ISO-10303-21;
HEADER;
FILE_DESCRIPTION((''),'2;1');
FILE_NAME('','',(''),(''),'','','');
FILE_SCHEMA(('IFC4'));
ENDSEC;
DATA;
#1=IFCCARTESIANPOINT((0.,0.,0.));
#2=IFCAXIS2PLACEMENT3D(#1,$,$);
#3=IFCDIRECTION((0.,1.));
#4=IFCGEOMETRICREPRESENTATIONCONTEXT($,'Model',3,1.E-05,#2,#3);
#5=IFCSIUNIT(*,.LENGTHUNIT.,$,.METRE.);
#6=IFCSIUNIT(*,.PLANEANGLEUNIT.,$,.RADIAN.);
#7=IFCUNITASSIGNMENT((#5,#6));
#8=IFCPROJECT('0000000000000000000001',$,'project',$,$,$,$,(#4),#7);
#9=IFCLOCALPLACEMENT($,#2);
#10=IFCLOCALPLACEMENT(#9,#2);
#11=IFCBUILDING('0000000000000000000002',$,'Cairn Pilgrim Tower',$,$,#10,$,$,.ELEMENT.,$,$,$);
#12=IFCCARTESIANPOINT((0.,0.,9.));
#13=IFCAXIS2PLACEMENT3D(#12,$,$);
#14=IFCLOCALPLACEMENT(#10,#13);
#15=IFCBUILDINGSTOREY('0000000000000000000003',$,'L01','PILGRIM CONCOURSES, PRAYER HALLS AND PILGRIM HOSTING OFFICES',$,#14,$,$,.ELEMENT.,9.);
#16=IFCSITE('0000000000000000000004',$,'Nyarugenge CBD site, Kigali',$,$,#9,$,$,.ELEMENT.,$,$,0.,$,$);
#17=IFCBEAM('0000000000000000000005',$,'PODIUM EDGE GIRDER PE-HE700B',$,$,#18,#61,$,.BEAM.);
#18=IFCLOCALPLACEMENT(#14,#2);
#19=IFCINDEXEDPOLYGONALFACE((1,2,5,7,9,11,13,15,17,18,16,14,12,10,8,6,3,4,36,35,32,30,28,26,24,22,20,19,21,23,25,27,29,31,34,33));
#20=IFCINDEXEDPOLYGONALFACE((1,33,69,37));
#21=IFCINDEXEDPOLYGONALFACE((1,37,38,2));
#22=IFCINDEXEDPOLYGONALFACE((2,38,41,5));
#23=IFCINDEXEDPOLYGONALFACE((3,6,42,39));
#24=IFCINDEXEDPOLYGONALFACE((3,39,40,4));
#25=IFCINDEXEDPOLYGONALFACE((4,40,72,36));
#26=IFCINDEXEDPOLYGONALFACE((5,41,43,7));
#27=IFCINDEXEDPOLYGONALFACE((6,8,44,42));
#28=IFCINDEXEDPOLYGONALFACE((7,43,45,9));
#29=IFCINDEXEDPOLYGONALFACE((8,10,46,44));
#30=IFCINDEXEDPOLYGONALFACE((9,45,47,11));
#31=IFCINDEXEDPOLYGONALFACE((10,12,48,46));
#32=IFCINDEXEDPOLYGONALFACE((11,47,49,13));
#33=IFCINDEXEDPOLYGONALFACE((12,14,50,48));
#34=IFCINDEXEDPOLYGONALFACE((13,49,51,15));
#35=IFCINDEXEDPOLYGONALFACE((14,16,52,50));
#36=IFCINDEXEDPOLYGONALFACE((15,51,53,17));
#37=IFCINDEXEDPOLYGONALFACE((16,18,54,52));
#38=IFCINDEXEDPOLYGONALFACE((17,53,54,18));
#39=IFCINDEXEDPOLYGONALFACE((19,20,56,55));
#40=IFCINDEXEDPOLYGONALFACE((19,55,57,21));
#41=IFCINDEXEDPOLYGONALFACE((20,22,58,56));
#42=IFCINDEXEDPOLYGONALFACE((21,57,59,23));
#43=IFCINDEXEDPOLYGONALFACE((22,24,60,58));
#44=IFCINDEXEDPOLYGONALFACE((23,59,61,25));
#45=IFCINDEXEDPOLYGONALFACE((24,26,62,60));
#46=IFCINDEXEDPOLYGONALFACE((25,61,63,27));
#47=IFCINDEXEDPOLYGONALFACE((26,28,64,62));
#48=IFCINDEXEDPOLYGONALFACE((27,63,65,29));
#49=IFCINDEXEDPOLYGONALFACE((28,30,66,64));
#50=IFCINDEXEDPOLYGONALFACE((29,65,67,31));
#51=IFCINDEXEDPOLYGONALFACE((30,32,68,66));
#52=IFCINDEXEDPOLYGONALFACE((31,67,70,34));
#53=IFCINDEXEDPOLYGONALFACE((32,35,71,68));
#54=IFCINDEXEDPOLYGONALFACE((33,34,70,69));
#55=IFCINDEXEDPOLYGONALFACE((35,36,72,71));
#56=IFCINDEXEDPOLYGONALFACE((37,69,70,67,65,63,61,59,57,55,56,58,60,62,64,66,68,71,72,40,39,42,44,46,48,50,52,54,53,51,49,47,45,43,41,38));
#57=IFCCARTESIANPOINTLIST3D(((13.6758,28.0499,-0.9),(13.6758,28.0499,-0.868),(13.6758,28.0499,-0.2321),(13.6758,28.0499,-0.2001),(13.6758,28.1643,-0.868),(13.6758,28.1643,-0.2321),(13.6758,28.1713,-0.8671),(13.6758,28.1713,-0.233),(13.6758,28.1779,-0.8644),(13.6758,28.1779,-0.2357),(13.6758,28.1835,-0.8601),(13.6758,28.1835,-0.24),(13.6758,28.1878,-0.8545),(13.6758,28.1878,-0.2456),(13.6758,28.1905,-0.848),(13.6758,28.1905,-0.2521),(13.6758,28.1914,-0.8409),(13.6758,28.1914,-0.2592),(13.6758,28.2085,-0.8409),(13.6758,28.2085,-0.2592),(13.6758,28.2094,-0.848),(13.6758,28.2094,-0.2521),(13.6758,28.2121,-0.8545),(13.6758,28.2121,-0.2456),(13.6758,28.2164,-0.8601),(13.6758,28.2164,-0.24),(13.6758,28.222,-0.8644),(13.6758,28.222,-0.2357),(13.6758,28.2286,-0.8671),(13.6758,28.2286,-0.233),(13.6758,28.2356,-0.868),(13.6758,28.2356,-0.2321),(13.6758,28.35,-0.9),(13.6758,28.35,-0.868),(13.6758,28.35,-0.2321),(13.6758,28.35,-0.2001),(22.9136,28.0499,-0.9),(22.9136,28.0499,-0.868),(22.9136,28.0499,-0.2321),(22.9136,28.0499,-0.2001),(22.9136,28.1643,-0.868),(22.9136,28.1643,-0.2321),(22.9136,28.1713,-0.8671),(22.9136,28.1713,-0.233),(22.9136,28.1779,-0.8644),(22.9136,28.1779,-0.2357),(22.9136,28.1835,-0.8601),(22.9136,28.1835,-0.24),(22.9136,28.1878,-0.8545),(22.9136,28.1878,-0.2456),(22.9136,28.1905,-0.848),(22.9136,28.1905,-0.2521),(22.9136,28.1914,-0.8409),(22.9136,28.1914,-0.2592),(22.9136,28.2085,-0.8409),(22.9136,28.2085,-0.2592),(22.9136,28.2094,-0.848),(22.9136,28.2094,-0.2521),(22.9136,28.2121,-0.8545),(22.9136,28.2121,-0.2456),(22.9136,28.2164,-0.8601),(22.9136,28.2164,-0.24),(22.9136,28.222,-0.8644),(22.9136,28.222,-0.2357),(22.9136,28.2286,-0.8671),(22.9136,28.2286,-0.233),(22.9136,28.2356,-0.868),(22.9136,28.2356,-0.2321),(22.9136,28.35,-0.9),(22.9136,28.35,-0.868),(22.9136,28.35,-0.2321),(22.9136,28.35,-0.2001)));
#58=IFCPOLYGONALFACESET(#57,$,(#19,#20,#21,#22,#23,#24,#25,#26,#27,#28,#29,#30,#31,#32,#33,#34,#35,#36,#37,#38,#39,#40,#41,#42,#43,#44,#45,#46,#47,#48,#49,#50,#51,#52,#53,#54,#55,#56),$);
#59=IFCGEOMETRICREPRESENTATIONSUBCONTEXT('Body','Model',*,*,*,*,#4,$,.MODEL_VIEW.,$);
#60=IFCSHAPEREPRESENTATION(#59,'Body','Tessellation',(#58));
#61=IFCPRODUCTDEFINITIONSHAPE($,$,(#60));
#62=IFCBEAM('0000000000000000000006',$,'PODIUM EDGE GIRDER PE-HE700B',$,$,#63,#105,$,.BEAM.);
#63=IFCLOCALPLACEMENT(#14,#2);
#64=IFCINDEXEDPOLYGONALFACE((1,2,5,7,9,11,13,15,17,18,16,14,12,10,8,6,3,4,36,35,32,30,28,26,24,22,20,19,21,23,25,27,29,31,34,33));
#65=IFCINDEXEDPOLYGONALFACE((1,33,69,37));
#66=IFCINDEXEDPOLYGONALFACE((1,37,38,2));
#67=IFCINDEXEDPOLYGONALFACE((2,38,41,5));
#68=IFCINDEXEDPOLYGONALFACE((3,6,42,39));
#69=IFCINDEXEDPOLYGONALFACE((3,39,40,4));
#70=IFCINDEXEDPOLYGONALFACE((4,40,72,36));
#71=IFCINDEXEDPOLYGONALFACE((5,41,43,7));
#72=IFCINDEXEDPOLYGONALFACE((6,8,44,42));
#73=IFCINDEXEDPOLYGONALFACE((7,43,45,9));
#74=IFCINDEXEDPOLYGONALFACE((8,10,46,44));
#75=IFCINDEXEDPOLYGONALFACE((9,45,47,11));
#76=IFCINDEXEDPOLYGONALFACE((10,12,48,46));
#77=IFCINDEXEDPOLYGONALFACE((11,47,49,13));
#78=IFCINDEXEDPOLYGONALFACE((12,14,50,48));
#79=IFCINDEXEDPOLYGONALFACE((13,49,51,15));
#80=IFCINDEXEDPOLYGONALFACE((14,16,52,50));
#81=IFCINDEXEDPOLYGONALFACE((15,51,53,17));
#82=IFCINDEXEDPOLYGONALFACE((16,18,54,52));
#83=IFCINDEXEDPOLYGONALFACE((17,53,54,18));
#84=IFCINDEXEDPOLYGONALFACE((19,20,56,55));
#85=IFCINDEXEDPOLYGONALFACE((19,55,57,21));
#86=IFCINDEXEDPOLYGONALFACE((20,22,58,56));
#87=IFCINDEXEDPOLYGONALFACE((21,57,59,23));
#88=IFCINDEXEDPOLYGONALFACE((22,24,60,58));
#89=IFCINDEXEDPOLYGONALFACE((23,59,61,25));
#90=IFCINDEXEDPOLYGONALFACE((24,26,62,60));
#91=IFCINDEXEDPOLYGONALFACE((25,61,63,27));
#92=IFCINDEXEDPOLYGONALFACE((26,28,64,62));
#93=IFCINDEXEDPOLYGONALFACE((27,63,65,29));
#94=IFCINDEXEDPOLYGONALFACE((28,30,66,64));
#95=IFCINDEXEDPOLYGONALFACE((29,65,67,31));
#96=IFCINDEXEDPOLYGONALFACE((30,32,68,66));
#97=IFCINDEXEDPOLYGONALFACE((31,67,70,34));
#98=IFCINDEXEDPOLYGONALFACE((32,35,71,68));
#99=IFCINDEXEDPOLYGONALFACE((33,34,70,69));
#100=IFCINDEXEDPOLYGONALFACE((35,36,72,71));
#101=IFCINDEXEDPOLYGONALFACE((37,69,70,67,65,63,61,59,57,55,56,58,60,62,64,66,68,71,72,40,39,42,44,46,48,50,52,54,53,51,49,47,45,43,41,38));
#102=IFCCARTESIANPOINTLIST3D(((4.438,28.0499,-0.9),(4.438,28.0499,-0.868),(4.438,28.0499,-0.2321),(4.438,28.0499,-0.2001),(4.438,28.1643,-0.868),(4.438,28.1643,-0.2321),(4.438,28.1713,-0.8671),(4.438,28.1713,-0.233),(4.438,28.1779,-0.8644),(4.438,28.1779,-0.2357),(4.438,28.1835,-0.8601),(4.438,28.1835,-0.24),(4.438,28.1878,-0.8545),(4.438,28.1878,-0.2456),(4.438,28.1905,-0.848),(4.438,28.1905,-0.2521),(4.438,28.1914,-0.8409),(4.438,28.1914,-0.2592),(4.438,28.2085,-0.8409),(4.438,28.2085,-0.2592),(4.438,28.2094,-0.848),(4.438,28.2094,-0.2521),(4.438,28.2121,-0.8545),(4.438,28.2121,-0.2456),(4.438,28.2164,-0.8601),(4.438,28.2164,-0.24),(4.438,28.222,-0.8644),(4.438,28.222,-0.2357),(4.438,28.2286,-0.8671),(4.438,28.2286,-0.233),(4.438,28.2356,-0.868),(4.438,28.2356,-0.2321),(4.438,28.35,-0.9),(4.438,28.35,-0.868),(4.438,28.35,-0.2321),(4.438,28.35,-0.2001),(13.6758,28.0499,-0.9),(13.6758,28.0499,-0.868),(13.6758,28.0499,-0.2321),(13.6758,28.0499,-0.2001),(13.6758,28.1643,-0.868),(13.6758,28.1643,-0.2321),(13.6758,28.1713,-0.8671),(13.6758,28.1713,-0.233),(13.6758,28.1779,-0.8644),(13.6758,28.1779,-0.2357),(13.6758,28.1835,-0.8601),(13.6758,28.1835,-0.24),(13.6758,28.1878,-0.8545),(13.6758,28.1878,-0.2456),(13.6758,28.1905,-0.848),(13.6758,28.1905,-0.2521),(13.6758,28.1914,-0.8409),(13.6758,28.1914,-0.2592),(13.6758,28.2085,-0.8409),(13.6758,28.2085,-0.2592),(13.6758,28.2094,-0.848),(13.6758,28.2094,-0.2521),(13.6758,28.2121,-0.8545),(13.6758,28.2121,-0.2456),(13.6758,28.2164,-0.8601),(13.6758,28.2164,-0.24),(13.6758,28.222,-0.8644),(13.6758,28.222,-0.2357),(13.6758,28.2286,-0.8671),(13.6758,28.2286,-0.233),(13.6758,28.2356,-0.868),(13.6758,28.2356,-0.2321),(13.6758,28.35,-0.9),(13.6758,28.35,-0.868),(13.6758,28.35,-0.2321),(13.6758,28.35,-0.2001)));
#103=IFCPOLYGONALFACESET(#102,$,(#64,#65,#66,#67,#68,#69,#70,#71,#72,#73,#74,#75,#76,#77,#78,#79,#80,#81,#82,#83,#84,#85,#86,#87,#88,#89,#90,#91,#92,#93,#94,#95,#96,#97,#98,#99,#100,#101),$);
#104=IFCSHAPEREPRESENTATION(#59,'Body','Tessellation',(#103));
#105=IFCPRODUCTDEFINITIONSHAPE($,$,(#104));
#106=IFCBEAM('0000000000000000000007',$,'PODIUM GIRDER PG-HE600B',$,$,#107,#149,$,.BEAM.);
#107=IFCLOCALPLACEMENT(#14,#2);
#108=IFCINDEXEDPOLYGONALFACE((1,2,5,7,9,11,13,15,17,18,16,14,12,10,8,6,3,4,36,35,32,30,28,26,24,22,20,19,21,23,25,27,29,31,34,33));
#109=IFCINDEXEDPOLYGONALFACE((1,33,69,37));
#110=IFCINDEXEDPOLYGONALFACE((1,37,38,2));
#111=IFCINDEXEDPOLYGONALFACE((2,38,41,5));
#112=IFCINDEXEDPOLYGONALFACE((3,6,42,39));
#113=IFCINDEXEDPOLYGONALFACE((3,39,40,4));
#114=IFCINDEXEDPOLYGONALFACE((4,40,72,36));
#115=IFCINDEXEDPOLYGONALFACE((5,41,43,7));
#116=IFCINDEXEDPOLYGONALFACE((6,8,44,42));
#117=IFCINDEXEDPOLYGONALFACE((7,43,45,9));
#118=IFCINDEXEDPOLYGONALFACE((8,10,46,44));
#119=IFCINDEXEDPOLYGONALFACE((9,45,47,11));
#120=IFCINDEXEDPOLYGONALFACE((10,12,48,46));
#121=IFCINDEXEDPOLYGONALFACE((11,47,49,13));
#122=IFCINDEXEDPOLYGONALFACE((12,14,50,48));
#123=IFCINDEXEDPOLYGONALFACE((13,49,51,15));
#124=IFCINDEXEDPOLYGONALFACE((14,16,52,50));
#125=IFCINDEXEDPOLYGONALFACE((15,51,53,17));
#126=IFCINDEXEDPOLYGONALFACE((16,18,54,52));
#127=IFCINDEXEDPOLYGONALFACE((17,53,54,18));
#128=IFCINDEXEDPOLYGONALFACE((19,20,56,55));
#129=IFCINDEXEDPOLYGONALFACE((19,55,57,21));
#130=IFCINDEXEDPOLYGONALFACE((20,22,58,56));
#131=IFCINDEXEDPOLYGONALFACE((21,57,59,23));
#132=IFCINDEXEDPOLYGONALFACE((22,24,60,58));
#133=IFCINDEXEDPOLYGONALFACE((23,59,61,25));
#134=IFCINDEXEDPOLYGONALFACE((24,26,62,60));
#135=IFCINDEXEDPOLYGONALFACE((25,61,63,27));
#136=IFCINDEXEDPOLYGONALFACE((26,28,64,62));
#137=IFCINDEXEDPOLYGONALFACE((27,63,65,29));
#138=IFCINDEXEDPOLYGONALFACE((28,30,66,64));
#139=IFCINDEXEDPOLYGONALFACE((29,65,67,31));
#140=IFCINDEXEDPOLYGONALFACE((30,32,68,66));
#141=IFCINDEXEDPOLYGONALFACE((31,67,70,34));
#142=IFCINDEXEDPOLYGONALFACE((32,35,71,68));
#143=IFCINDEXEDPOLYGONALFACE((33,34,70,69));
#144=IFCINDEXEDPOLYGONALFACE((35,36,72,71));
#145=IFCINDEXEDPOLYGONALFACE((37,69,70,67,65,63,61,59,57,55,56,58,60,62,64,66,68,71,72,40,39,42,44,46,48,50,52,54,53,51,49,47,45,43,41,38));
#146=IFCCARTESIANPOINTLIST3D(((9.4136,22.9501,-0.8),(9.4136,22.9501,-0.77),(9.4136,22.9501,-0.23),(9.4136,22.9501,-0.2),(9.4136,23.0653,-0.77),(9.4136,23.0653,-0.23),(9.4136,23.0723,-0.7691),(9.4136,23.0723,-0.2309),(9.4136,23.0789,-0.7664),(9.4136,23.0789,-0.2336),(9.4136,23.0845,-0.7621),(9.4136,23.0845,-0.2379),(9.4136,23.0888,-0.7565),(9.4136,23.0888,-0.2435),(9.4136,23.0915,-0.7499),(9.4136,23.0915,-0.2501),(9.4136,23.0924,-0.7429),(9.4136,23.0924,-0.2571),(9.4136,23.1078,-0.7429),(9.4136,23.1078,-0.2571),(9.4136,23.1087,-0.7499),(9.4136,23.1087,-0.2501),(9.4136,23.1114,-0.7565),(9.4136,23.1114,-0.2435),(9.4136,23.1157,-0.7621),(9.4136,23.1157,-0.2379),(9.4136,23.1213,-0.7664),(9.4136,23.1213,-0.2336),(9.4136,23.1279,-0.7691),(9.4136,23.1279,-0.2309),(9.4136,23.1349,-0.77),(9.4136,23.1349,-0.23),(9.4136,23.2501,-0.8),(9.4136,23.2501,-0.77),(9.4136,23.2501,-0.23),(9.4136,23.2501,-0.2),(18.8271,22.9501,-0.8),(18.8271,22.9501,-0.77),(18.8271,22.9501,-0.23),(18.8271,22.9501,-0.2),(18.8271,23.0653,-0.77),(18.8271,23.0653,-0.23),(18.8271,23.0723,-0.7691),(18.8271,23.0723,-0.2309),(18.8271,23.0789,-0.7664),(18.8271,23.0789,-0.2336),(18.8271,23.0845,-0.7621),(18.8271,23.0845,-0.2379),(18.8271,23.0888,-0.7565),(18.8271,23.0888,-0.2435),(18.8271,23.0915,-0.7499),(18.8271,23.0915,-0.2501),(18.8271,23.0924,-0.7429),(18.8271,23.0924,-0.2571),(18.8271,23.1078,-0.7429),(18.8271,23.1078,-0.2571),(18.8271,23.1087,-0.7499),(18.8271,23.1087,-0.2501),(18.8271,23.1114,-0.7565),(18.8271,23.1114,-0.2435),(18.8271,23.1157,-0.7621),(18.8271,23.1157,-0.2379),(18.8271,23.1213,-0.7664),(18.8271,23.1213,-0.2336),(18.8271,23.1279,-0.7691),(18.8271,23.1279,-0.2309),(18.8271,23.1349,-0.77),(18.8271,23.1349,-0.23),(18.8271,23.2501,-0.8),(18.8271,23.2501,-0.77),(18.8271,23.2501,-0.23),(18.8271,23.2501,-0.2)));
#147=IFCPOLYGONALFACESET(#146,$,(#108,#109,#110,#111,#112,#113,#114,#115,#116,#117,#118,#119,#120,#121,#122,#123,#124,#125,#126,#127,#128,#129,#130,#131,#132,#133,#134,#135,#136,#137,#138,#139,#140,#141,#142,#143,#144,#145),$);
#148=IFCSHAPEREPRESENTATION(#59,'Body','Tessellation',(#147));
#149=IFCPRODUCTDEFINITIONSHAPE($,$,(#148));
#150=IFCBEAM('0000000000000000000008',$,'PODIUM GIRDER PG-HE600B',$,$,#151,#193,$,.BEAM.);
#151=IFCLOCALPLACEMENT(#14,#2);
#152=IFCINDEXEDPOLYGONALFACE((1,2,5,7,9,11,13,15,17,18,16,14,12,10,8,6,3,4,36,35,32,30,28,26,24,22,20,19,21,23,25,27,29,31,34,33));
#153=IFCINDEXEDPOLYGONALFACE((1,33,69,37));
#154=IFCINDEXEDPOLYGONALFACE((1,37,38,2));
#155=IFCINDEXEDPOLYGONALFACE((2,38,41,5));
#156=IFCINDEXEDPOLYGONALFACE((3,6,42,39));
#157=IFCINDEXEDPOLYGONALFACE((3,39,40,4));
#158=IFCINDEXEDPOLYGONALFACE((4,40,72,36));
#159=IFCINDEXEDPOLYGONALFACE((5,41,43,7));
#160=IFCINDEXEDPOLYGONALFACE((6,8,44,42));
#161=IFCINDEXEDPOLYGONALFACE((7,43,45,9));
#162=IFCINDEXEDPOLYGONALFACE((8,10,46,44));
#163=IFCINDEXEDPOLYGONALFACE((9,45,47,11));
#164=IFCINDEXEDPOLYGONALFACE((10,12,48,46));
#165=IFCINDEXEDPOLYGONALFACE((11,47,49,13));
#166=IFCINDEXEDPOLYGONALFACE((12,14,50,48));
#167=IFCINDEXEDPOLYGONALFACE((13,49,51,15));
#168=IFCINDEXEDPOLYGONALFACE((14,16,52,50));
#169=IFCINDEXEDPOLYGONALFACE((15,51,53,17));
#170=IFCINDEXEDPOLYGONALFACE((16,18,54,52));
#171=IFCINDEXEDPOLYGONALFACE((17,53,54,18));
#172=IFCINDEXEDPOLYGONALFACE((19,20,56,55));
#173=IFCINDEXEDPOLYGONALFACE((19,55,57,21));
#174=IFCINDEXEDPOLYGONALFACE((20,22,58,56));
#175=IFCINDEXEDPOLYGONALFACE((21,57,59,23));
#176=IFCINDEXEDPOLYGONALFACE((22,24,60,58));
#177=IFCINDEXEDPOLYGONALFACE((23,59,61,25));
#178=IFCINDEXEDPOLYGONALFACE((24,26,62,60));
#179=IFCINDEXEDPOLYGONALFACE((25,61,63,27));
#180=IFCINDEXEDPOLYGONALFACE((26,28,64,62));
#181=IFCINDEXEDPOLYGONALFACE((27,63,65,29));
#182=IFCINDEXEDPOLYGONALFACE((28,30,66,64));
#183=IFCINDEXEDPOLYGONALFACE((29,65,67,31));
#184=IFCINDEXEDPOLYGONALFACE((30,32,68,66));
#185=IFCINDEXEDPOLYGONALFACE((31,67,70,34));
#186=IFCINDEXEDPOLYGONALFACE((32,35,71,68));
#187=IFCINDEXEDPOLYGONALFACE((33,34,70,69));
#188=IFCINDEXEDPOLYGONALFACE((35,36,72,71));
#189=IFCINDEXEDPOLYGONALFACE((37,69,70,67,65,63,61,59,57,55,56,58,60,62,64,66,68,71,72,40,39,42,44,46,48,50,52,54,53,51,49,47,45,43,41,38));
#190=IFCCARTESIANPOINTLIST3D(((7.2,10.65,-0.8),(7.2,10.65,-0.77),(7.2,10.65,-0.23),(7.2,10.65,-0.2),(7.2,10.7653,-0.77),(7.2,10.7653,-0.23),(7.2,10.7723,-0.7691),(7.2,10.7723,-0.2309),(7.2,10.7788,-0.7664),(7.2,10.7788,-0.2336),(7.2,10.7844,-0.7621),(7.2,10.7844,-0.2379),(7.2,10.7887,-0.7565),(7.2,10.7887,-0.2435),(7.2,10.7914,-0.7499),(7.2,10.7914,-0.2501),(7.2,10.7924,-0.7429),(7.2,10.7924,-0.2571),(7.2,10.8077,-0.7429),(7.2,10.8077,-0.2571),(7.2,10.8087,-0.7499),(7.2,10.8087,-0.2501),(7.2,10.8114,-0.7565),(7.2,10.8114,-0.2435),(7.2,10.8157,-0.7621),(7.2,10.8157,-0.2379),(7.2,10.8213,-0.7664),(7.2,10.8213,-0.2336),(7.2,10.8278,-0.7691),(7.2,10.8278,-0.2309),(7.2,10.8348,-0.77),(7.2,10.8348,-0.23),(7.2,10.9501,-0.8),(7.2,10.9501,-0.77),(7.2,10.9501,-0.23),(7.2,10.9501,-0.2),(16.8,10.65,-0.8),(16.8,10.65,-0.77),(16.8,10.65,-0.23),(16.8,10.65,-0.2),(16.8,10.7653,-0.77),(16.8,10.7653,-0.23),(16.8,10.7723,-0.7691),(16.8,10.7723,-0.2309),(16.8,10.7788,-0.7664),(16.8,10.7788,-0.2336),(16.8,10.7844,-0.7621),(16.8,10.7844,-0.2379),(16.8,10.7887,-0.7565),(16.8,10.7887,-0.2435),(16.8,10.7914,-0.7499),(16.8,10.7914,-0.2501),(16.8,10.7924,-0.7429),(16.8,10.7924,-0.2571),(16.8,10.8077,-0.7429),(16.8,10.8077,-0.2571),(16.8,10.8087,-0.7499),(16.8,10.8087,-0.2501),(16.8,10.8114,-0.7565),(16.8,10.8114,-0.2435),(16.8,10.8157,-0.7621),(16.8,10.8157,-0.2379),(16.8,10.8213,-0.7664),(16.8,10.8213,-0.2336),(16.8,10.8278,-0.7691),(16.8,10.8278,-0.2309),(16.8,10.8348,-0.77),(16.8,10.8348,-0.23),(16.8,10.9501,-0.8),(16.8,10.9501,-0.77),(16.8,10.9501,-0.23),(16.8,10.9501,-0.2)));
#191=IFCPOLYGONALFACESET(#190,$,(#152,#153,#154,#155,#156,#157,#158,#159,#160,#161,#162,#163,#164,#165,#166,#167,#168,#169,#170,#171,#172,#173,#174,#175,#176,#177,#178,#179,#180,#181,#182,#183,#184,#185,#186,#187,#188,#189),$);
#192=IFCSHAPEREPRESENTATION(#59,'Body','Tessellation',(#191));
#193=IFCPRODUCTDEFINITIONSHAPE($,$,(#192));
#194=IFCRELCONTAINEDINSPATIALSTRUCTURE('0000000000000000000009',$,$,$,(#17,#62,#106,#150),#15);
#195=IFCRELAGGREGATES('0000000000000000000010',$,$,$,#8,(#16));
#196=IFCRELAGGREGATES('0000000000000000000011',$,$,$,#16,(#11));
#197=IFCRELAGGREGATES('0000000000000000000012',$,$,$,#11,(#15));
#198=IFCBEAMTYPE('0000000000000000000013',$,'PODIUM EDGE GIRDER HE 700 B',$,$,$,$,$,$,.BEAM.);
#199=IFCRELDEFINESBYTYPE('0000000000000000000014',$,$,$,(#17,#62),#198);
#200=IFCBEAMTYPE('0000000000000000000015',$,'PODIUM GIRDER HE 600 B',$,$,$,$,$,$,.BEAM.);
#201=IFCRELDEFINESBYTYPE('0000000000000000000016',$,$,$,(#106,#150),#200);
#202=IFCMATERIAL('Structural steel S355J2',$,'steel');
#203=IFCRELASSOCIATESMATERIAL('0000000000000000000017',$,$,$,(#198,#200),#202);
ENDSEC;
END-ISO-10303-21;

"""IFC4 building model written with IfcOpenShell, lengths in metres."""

from ifc_helpers import new_model, si_unit, direction, frame, origin, origin_2d, place, context, subcontext, project, spatial, i_section, extrude, material, material_profile, profile_set, type_object, element, save


model = new_model("IFC4")

# Units and contexts
model_context = context("Model", 3, precision=1e-05, world=origin(), true_north=direction((0.0, 1.0)))
body_context = subcontext(model_context, "Body", "Model", "MODEL_VIEW")
ifc_project = project(units=[si_unit("LENGTHUNIT", "METRE"), si_unit("PLANEANGLEUNIT", "RADIAN")], contexts=[model_context])

# Site, building, storey
site_placement = place(None, origin())
site = spatial("IfcSite", under=ifc_project, at=site_placement, Name="Nyarugenge CBD site, Kigali", CompositionType="ELEMENT", RefElevation=0.0)
building_placement = place(site_placement, origin())
building = spatial("IfcBuilding", under=site, at=building_placement, Name="Cairn Pilgrim Tower", CompositionType="ELEMENT")
storey_placement = place(building_placement, frame((0.0, 0.0, 9.0)))
storey = spatial("IfcBuildingStorey", under=building, at=storey_placement, Name="L01", Description="PILGRIM CONCOURSES, PRAYER HALLS AND PILGRIM HOSTING OFFICES", CompositionType="ELEMENT", Elevation=9.0)

# Beams
ifc_material_1 = material(Name="Structural steel S355J2", Category="steel")
ifc_material_profile_1 = material_profile(ifc_material_1, i_section(OverallWidth=0.3, OverallDepth=0.7, WebThickness=0.0171, FlangeThickness=0.032, FilletRadius=0.0271, at=origin_2d()), Name="HEB 700")
ifc_profile_set_1 = profile_set([ifc_material_profile_1], Name="Structural steel S355J2")
beam_type_1 = type_object("IfcBeamType", Name="PODIUM EDGE GIRDER HE 700 B", PredefinedType="BEAM", material=ifc_profile_set_1)
for number, where, z_axis, x_axis, name in (
    (1, (22.9136, 28.2, -0.55), (-1.0, 0.0, 0.0), (0.0, -1.0, 0.0), "PODIUM EDGE GIRDER PE-HE700B"),
    (2, (13.6758, 28.2, -0.55), (-1.0, 0.0, 0.0), (0.0, -1.0, 0.0), "PODIUM EDGE GIRDER PE-HE700B"),
):
    element("IfcBeam", number, at=place(storey_placement, frame(where, z_axis=z_axis, x_axis=x_axis)), inside=storey, type_object=beam_type_1, Name=name, PredefinedType="BEAM", context=body_context, shape_type="SweptSolid", body=[
        extrude(i_section(OverallWidth=0.3, OverallDepth=0.7, WebThickness=0.0171, FlangeThickness=0.032, FilletRadius=0.0271, at=origin_2d()), origin(), (0.0, 0.0, 1.0), 9.2378),
    ])
ifc_material_profile_2 = material_profile(ifc_material_1, i_section(OverallWidth=0.3, OverallDepth=0.6001, WebThickness=0.0154, FlangeThickness=0.03, FilletRadius=0.0271, at=origin_2d()), Name="HEB 600")
ifc_profile_set_2 = profile_set([ifc_material_profile_2], Name="Structural steel S355J2")
beam_type_2 = type_object("IfcBeamType", Name="PODIUM GIRDER HE 600 B", PredefinedType="BEAM", material=ifc_profile_set_2)
beam_1_placement = place(storey_placement, frame((18.8271, 23.1001, -0.5), z_axis=(-1.0, 0.0, 0.0), x_axis=(0.0, -1.0, 0.0)))
element("IfcBeam", 3, at=beam_1_placement, inside=storey, type_object=beam_type_2, Name="PODIUM GIRDER PG-HE600B", PredefinedType="BEAM", context=body_context, shape_type="SweptSolid", body=[
    extrude(i_section(OverallWidth=0.3, OverallDepth=0.6001, WebThickness=0.0154, FlangeThickness=0.03, FilletRadius=0.0271, at=origin_2d()), origin(), (0.0, 0.0, 1.0), 9.4136),
])
beam_2_placement = place(storey_placement, frame((16.8, 10.8, -0.5), z_axis=(-1.0, 0.0, 0.0), x_axis=(0.0, -1.0, 0.0)))
element("IfcBeam", 4, at=beam_2_placement, inside=storey, type_object=beam_type_2, Name="PODIUM GIRDER PG-HE600B", PredefinedType="BEAM", context=body_context, shape_type="SweptSolid", body=[
    extrude(i_section(OverallWidth=0.3, OverallDepth=0.6001, WebThickness=0.0154, FlangeThickness=0.03, FilletRadius=0.0271, at=origin_2d()), origin(), (0.0, 0.0, 1.0), 9.6001),
])

save(model, "model.ifc")
